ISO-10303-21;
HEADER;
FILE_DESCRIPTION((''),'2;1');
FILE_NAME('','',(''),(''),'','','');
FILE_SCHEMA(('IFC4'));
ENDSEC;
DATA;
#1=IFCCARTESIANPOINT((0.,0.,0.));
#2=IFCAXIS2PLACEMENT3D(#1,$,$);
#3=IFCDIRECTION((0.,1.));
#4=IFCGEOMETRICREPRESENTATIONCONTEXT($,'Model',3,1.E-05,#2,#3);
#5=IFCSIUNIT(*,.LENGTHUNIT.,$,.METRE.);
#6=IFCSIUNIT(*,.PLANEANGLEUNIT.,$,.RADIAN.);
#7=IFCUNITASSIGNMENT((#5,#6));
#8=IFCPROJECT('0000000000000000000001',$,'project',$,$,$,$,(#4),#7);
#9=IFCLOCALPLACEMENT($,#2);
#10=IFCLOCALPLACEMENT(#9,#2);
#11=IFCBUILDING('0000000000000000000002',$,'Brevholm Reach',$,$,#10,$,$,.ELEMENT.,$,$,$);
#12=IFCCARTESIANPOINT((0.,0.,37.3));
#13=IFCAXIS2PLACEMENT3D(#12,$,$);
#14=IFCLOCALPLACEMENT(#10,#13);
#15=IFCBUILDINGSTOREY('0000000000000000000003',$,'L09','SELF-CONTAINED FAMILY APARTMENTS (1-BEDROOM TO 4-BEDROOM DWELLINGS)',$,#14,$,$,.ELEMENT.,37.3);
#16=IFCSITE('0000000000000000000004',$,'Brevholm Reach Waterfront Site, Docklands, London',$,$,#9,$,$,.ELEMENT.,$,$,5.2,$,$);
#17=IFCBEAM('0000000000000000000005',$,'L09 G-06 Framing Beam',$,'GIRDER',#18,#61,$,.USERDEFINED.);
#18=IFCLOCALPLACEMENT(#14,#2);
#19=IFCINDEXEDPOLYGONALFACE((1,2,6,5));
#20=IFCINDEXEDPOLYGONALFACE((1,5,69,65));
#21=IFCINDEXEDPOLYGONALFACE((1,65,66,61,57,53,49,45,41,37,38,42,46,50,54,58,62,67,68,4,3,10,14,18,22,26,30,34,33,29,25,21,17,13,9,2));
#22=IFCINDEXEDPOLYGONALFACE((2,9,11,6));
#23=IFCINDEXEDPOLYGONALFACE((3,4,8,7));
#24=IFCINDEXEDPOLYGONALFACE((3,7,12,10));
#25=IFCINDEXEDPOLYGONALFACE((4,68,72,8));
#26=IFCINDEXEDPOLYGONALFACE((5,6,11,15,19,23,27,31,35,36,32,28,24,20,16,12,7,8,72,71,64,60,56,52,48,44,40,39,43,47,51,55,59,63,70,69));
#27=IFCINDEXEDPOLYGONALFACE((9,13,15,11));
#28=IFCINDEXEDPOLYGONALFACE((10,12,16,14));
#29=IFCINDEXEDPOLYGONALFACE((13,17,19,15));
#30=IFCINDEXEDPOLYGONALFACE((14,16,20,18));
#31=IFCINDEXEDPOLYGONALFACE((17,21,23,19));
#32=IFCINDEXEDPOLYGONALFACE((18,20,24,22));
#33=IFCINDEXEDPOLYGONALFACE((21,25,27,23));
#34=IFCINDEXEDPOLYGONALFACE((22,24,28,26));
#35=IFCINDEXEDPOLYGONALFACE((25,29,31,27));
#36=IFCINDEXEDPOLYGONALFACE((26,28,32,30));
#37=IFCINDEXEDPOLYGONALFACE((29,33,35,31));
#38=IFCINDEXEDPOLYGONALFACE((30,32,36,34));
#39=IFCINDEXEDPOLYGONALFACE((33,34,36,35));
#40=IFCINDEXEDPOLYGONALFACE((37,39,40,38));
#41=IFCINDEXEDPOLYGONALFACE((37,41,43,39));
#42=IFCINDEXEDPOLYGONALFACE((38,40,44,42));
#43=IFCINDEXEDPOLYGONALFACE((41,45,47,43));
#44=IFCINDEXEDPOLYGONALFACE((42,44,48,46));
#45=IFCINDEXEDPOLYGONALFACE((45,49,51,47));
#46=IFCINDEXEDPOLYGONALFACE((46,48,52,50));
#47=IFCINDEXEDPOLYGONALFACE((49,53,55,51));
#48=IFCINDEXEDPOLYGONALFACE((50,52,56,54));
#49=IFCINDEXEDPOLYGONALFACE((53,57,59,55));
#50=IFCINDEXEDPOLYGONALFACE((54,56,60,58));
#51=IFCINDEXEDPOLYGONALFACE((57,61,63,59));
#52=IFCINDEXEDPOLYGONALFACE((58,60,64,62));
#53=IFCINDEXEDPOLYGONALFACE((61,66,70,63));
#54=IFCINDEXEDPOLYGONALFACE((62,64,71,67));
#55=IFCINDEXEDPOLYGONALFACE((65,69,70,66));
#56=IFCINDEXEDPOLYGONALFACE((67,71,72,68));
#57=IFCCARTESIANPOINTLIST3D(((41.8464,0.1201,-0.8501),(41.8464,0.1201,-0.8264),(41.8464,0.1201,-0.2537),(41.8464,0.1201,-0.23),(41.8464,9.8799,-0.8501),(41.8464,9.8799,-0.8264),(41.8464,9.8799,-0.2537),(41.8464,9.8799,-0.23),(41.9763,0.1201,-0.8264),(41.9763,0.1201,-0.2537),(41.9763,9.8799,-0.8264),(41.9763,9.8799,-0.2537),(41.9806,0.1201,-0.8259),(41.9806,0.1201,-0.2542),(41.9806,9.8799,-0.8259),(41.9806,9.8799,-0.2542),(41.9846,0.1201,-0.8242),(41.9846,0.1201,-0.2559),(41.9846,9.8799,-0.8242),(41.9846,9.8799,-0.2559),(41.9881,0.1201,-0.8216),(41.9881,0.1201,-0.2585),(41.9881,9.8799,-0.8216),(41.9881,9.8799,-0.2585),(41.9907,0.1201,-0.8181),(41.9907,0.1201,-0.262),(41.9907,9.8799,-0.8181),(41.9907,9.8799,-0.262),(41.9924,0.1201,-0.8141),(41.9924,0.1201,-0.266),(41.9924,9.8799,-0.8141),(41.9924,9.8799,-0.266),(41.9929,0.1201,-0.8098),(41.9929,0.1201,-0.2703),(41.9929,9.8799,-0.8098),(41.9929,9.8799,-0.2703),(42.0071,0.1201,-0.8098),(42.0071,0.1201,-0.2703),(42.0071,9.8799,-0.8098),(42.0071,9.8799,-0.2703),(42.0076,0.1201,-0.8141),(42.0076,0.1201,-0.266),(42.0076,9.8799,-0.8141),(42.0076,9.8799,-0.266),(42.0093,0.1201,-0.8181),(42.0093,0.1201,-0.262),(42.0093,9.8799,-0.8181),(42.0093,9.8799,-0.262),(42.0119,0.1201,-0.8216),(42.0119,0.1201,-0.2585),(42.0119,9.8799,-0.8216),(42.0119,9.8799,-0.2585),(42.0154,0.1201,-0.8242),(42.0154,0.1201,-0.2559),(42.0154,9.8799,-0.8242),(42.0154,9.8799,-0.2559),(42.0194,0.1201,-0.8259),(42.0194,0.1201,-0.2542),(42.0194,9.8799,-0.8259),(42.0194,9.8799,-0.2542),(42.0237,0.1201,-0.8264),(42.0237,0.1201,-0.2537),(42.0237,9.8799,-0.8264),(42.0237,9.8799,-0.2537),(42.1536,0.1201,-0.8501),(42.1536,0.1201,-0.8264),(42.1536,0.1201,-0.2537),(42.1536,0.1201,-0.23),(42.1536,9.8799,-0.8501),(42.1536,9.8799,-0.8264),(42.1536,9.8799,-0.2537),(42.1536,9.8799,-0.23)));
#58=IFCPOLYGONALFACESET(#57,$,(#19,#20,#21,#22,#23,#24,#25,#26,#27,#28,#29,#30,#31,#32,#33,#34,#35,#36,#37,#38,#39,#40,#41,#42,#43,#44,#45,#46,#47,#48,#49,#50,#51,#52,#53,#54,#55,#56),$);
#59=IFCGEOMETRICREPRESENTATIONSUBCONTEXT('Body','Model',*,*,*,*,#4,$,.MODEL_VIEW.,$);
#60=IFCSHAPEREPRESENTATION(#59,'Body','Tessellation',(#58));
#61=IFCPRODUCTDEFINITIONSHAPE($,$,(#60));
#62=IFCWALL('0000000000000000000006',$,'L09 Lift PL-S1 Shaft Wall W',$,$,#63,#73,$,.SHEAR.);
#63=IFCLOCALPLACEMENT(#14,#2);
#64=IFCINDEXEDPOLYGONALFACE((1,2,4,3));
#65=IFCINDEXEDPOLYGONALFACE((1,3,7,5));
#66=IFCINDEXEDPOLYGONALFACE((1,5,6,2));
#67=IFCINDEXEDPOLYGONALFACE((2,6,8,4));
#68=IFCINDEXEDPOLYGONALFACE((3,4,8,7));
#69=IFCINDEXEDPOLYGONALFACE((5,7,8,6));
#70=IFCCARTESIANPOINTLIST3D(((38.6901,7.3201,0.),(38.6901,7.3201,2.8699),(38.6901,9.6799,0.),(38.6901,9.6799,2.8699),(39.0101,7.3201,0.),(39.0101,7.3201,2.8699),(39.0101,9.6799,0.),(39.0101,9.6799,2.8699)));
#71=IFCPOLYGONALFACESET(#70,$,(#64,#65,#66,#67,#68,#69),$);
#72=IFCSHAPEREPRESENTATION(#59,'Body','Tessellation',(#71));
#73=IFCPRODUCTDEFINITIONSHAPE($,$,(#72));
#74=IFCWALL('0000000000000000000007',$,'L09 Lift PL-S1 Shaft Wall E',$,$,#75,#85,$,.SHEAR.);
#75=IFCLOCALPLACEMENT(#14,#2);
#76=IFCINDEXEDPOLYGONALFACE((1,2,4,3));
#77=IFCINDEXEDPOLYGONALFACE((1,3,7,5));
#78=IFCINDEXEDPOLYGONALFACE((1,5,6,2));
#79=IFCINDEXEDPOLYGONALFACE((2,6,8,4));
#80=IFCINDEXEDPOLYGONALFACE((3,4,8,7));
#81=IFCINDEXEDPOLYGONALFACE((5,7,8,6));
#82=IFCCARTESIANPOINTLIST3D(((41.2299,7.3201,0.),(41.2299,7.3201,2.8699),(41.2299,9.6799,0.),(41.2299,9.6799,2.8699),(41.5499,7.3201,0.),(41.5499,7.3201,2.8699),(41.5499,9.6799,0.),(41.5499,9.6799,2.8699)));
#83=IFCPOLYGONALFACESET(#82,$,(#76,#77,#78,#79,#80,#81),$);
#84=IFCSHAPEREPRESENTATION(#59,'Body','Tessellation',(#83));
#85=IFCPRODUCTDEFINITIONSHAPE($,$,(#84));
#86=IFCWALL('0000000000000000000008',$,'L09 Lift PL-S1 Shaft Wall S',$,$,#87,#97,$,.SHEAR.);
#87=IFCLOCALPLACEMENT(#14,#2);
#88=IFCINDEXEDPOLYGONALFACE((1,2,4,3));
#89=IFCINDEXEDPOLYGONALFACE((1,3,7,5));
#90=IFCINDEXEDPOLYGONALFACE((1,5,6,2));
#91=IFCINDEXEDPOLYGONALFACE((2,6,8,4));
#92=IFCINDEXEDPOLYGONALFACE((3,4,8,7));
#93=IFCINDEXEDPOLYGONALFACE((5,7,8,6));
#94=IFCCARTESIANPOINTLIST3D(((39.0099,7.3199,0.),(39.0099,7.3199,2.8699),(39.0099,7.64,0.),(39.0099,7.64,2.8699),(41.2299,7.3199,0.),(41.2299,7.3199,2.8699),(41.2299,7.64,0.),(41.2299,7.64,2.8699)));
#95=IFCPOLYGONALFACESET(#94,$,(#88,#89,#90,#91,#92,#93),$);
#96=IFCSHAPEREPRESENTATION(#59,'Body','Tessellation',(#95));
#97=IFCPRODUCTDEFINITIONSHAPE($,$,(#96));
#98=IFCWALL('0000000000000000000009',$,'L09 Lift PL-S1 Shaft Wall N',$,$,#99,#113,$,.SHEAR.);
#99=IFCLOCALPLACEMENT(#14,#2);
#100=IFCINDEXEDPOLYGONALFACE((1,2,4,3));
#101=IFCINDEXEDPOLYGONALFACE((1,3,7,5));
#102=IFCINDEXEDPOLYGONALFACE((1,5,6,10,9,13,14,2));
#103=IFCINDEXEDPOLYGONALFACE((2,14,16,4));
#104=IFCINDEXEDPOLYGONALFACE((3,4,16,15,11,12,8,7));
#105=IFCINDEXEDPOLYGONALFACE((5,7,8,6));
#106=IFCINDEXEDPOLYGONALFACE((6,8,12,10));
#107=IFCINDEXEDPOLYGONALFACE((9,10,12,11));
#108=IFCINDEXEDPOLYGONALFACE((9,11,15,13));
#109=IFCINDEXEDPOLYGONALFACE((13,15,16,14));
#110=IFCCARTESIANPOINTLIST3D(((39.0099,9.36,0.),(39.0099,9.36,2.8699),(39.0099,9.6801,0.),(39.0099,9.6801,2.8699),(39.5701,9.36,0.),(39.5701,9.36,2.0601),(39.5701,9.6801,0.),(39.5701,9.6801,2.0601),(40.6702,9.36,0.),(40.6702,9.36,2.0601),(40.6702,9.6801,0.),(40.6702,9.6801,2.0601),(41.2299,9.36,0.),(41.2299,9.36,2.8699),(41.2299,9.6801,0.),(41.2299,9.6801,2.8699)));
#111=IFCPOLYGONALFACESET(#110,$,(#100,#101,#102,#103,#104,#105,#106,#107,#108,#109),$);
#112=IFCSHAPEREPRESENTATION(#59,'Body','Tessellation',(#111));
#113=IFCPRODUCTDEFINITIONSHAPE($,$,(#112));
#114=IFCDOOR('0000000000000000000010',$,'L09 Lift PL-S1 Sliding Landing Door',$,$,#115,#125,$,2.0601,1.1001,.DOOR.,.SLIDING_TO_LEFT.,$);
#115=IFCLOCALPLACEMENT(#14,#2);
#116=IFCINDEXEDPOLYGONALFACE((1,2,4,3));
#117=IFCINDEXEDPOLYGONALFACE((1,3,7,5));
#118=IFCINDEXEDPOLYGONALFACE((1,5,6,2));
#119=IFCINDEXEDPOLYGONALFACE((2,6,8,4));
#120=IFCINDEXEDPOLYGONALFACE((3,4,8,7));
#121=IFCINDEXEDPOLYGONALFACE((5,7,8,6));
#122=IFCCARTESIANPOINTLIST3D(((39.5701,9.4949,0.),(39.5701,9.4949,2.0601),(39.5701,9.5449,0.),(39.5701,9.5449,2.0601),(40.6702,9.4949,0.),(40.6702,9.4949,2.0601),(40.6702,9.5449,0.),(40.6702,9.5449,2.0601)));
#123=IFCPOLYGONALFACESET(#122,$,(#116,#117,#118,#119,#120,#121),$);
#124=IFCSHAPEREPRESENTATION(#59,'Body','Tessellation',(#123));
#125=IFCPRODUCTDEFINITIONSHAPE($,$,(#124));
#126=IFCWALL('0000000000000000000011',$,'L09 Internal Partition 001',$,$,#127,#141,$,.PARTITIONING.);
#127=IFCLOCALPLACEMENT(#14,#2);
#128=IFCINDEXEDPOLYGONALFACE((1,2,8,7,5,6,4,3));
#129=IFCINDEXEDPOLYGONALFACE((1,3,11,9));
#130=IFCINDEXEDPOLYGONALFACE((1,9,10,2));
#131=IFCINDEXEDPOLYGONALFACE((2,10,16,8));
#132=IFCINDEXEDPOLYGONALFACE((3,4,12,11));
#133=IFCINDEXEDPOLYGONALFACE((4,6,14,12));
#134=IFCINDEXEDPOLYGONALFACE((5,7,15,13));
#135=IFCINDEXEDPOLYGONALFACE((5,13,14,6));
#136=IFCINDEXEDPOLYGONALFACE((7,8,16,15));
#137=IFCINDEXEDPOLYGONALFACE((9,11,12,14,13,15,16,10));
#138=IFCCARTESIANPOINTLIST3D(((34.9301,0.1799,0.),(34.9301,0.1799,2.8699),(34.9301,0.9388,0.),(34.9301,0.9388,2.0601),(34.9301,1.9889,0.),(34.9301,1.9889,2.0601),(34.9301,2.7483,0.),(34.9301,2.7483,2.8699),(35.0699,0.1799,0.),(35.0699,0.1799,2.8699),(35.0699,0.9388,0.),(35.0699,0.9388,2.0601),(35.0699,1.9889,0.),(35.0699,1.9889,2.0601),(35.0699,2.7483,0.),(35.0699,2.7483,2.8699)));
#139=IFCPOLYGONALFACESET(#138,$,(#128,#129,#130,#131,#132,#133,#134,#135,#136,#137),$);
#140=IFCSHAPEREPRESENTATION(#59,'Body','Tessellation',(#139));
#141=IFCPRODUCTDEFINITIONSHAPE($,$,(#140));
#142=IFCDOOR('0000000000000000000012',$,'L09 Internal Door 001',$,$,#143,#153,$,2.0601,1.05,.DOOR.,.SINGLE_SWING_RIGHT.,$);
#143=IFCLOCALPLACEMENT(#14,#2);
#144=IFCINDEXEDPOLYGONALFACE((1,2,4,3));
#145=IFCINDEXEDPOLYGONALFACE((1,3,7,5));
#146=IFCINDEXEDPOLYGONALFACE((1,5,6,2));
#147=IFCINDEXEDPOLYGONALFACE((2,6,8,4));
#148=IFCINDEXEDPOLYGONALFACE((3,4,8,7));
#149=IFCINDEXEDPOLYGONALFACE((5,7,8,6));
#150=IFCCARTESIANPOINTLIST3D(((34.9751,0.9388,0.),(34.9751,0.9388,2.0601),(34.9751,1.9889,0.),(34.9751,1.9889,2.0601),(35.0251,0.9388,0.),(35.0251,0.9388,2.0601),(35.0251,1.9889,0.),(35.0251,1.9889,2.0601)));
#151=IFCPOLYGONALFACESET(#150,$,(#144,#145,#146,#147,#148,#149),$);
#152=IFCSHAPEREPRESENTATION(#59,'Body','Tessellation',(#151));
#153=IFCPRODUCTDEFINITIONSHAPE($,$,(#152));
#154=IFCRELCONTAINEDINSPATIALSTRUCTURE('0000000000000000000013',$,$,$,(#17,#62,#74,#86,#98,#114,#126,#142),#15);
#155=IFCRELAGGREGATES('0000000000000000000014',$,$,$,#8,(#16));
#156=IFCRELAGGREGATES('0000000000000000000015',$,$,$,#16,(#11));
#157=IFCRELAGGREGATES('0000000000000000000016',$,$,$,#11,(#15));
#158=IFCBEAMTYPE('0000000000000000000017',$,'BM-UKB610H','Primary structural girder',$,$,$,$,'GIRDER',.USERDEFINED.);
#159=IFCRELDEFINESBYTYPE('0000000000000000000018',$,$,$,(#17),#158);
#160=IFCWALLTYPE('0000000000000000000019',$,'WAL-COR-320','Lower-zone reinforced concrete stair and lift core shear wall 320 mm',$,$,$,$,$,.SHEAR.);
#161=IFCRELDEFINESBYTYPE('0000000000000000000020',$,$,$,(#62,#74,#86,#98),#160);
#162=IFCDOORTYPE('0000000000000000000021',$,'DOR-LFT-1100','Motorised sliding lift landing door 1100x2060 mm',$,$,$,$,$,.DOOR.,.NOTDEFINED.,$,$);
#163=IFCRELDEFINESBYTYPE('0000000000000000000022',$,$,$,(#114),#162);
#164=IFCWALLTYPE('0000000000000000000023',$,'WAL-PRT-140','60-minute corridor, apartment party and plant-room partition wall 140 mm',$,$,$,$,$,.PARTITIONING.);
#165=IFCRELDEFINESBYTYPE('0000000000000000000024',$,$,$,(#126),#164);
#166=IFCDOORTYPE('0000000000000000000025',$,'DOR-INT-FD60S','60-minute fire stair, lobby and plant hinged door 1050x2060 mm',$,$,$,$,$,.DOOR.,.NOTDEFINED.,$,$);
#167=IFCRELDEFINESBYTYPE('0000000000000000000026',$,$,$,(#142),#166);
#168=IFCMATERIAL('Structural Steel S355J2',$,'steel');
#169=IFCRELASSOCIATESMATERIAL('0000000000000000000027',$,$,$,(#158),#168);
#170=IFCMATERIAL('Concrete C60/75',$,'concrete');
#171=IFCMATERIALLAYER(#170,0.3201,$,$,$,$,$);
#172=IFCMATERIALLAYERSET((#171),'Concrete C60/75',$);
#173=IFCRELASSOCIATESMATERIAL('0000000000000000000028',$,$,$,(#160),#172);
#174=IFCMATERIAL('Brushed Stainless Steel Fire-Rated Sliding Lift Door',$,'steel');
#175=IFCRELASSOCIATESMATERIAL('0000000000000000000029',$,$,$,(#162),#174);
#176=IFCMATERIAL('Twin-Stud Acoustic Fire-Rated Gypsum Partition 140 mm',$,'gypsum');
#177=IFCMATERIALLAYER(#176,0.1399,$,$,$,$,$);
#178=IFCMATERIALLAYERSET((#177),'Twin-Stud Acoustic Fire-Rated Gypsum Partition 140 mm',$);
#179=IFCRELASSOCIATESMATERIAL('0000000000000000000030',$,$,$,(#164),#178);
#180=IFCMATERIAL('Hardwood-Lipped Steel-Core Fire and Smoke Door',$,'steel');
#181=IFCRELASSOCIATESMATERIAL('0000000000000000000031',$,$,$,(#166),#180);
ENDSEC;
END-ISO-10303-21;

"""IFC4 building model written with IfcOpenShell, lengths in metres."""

from ifc_helpers import new_model, si_unit, direction, frame, frame_2d, origin, origin_2d, place, context, subcontext, project, spatial, rectangle, i_section, extrude, material, layer, layer_set, material_profile, profile_set, type_object, element, fill, save


model = new_model("IFC4")

# Units and contexts
model_context = context("Model", 3, precision=1e-05, world=origin(), true_north=direction((0.0, 1.0)))
body_context = subcontext(model_context, "Body", "Model", "MODEL_VIEW")
ifc_project = project(units=[si_unit("LENGTHUNIT", "METRE"), si_unit("PLANEANGLEUNIT", "RADIAN")], contexts=[model_context])

# Site, building, storey
site_placement = place(None, origin())
site = spatial("IfcSite", under=ifc_project, at=site_placement, Name="Brevholm Reach Waterfront Site, Docklands, London", CompositionType="ELEMENT", RefElevation=5.2)
building_placement = place(site_placement, origin())
building = spatial("IfcBuilding", under=site, at=building_placement, Name="Brevholm Reach", CompositionType="ELEMENT")
storey_placement = place(building_placement, frame((0.0, 0.0, 37.3)))
storey = spatial("IfcBuildingStorey", under=building, at=storey_placement, Name="L09", Description="SELF-CONTAINED FAMILY APARTMENTS (1-BEDROOM TO 4-BEDROOM DWELLINGS)", CompositionType="ELEMENT", Elevation=37.3)

# Beam
ifc_material_1 = material(Name="Structural Steel S355J2", Category="steel")
ifc_material_profile_1 = material_profile(ifc_material_1, i_section(OverallWidth=0.3071, OverallDepth=0.6201, WebThickness=0.0142, FlangeThickness=0.0237, FilletRadius=0.0166, at=origin_2d()), Name="UKB 610x305x179")
ifc_profile_set_1 = profile_set([ifc_material_profile_1], Name="Structural Steel S355J2")
beam_type_1 = type_object("IfcBeamType", Name="BM-UKB610H", Description="Primary structural girder", ElementType="GIRDER", PredefinedType="USERDEFINED", material=ifc_profile_set_1)
for number, where, z_axis, x_axis, name in (
    (1, (42.0, 0.1201, -0.54), (0.0, 1.0, 0.0), (-1.0, 0.0, 0.0), "L09 G-06 Framing Beam"),
):
    element("IfcBeam", number, at=place(storey_placement, frame(where, z_axis=z_axis, x_axis=x_axis)), inside=storey, type_object=beam_type_1, Name=name, ObjectType="GIRDER", PredefinedType="USERDEFINED", context=body_context, shape_type="SweptSolid", body=[
        extrude(i_section(OverallWidth=0.3071, OverallDepth=0.6201, WebThickness=0.0142, FlangeThickness=0.0237, FilletRadius=0.0166, at=origin_2d()), origin(), (0.0, 0.0, 1.0), 9.7598),
    ])

# Walls
ifc_material_2 = material(Name="Concrete C60/75", Category="concrete")
ifc_layer_1 = layer(ifc_material_2, 0.3201)
ifc_layer_set_1 = layer_set([ifc_layer_1], Name="Concrete C60/75")
wall_type_1 = type_object("IfcWallType", Name="WAL-COR-320", Description="Lower-zone reinforced concrete stair and lift core shear wall 320 mm", PredefinedType="SHEAR", material=ifc_layer_set_1)
for number, where, z_axis, x_axis, name in (
    (2, (38.8501, 7.3201, 0.0), (0.0, 0.0, 1.0), (0.0, 1.0, 0.0), "L09 Lift PL-S1 Shaft Wall W"),
    (3, (41.3899, 7.3201, 0.0), (0.0, 0.0, 1.0), (0.0, 1.0, 0.0), "L09 Lift PL-S1 Shaft Wall E"),
):
    element("IfcWall", number, at=place(storey_placement, frame(where, z_axis=z_axis, x_axis=x_axis)), inside=storey, type_object=wall_type_1, Name=name, PredefinedType="SHEAR", context=body_context, shape_type="SweptSolid", body=[
        extrude(rectangle(XDim=2.3599, YDim=0.3201, at=frame_2d((1.1799, 0.0))), origin(), (0.0, 0.0, 1.0), 2.8699),
    ])
wall_1_placement = place(storey_placement, frame((39.01, 7.48, 0.0), z_axis=(0.0, 0.0, 1.0), x_axis=(1.0, 0.0, 0.0)))
element("IfcWall", 4, at=wall_1_placement, inside=storey, type_object=wall_type_1, Name="L09 Lift PL-S1 Shaft Wall S", PredefinedType="SHEAR", context=body_context, shape_type="SweptSolid", body=[
    extrude(rectangle(XDim=2.22, YDim=0.3201, at=frame_2d((1.1099, 0.0))), origin(), (0.0, 0.0, 1.0), 2.8699),
])

# Walls, openings, doors
wall_2_placement = place(storey_placement, frame((39.01, 9.52, 0.0), z_axis=(0.0, 0.0, 1.0), x_axis=(1.0, 0.0, 0.0)))
wall_2 = element("IfcWall", 5, at=wall_2_placement, inside=storey, type_object=wall_type_1, Name="L09 Lift PL-S1 Shaft Wall N", PredefinedType="SHEAR", context=body_context, shape_type="SweptSolid", body=[
    extrude(rectangle(XDim=2.22, YDim=0.3201, at=frame_2d((1.1099, 0.0))), origin(), (0.0, 0.0, 1.0), 2.8699),
])
opening_1_placement = place(wall_2_placement, frame((0.5601, 0.0, 0.0)))
opening_1 = element("IfcOpeningElement", 6, at=opening_1_placement, cuts=wall_2, PredefinedType="OPENING", context=body_context, shape_type="SweptSolid", body=[
    extrude(rectangle(XDim=1.1001, YDim=2.0601, at=frame_2d((0.55, 1.03))), frame((0.0, 0.1699, 0.0), z_axis=(0.0, -1.0, 0.0), x_axis=(1.0, 0.0, 0.0)), (0.0, 0.0, 1.0), 0.3401),
])
ifc_material_3 = material(Name="Brushed Stainless Steel Fire-Rated Sliding Lift Door", Category="steel")
door_type_1 = type_object("IfcDoorType", Name="DOR-LFT-1100", Description="Motorised sliding lift landing door 1100x2060 mm", OperationType="NOTDEFINED", PredefinedType="DOOR", material=ifc_material_3)
door_1_placement = place(opening_1_placement, origin())
door_1 = element("IfcDoor", 7, at=door_1_placement, inside=storey, type_object=door_type_1, Name="L09 Lift PL-S1 Sliding Landing Door", OperationType="SLIDING_TO_LEFT", OverallHeight=2.0601, OverallWidth=1.1001, PredefinedType="DOOR", context=body_context, shape_type="SweptSolid", body=[
    extrude(rectangle(XDim=1.1001, YDim=2.0601, at=frame_2d((0.55, 1.03))), frame((0.0, 0.0249, 0.0), z_axis=(0.0, -1.0, 0.0), x_axis=(1.0, 0.0, 0.0)), (0.0, 0.0, 1.0), 0.05),
])
fill(opening_1, door_1)
ifc_material_4 = material(Name="Twin-Stud Acoustic Fire-Rated Gypsum Partition 140 mm", Category="gypsum")
ifc_layer_2 = layer(ifc_material_4, 0.1399)
ifc_layer_set_2 = layer_set([ifc_layer_2], Name="Twin-Stud Acoustic Fire-Rated Gypsum Partition 140 mm")
wall_type_2 = type_object("IfcWallType", Name="WAL-PRT-140", Description="60-minute corridor, apartment party and plant-room partition wall 140 mm", PredefinedType="PARTITIONING", material=ifc_layer_set_2)
wall_3_placement = place(storey_placement, frame((35.0, 0.1799, 0.0), z_axis=(0.0, 0.0, 1.0), x_axis=(0.0, 1.0, 0.0)))
wall_3 = element("IfcWall", 8, at=wall_3_placement, inside=storey, type_object=wall_type_2, Name="L09 Internal Partition 001", PredefinedType="PARTITIONING", context=body_context, shape_type="SweptSolid", body=[
    extrude(rectangle(XDim=2.5684, YDim=0.1399, at=frame_2d((1.2842, 0.0))), origin(), (0.0, 0.0, 1.0), 2.8699),
])
opening_2_placement = place(wall_3_placement, frame((0.759, 0.0, 0.0)))
opening_2 = element("IfcOpeningElement", 9, at=opening_2_placement, cuts=wall_3, PredefinedType="OPENING", context=body_context, shape_type="SweptSolid", body=[
    extrude(rectangle(XDim=1.05, YDim=2.0601, at=frame_2d((0.5249, 1.03))), frame((0.0, 0.0798, 0.0), z_axis=(0.0, -1.0, 0.0), x_axis=(1.0, 0.0, 0.0)), (0.0, 0.0, 1.0), 0.1599),
])
ifc_material_5 = material(Name="Hardwood-Lipped Steel-Core Fire and Smoke Door", Category="steel")
door_type_2 = type_object("IfcDoorType", Name="DOR-INT-FD60S", Description="60-minute fire stair, lobby and plant hinged door 1050x2060 mm", OperationType="NOTDEFINED", PredefinedType="DOOR", material=ifc_material_5)
door_2_placement = place(opening_2_placement, origin())
door_2 = element("IfcDoor", 10, at=door_2_placement, inside=storey, type_object=door_type_2, Name="L09 Internal Door 001", OperationType="SINGLE_SWING_RIGHT", OverallHeight=2.0601, OverallWidth=1.05, PredefinedType="DOOR", context=body_context, shape_type="SweptSolid", body=[
    extrude(rectangle(XDim=1.05, YDim=2.0601, at=frame_2d((0.5249, 1.03))), frame((0.0, 0.0249, 0.0), z_axis=(0.0, -1.0, 0.0), x_axis=(1.0, 0.0, 0.0)), (0.0, 0.0, 1.0), 0.05),
])
fill(opening_2, door_2)

save(model, "model.ifc")
